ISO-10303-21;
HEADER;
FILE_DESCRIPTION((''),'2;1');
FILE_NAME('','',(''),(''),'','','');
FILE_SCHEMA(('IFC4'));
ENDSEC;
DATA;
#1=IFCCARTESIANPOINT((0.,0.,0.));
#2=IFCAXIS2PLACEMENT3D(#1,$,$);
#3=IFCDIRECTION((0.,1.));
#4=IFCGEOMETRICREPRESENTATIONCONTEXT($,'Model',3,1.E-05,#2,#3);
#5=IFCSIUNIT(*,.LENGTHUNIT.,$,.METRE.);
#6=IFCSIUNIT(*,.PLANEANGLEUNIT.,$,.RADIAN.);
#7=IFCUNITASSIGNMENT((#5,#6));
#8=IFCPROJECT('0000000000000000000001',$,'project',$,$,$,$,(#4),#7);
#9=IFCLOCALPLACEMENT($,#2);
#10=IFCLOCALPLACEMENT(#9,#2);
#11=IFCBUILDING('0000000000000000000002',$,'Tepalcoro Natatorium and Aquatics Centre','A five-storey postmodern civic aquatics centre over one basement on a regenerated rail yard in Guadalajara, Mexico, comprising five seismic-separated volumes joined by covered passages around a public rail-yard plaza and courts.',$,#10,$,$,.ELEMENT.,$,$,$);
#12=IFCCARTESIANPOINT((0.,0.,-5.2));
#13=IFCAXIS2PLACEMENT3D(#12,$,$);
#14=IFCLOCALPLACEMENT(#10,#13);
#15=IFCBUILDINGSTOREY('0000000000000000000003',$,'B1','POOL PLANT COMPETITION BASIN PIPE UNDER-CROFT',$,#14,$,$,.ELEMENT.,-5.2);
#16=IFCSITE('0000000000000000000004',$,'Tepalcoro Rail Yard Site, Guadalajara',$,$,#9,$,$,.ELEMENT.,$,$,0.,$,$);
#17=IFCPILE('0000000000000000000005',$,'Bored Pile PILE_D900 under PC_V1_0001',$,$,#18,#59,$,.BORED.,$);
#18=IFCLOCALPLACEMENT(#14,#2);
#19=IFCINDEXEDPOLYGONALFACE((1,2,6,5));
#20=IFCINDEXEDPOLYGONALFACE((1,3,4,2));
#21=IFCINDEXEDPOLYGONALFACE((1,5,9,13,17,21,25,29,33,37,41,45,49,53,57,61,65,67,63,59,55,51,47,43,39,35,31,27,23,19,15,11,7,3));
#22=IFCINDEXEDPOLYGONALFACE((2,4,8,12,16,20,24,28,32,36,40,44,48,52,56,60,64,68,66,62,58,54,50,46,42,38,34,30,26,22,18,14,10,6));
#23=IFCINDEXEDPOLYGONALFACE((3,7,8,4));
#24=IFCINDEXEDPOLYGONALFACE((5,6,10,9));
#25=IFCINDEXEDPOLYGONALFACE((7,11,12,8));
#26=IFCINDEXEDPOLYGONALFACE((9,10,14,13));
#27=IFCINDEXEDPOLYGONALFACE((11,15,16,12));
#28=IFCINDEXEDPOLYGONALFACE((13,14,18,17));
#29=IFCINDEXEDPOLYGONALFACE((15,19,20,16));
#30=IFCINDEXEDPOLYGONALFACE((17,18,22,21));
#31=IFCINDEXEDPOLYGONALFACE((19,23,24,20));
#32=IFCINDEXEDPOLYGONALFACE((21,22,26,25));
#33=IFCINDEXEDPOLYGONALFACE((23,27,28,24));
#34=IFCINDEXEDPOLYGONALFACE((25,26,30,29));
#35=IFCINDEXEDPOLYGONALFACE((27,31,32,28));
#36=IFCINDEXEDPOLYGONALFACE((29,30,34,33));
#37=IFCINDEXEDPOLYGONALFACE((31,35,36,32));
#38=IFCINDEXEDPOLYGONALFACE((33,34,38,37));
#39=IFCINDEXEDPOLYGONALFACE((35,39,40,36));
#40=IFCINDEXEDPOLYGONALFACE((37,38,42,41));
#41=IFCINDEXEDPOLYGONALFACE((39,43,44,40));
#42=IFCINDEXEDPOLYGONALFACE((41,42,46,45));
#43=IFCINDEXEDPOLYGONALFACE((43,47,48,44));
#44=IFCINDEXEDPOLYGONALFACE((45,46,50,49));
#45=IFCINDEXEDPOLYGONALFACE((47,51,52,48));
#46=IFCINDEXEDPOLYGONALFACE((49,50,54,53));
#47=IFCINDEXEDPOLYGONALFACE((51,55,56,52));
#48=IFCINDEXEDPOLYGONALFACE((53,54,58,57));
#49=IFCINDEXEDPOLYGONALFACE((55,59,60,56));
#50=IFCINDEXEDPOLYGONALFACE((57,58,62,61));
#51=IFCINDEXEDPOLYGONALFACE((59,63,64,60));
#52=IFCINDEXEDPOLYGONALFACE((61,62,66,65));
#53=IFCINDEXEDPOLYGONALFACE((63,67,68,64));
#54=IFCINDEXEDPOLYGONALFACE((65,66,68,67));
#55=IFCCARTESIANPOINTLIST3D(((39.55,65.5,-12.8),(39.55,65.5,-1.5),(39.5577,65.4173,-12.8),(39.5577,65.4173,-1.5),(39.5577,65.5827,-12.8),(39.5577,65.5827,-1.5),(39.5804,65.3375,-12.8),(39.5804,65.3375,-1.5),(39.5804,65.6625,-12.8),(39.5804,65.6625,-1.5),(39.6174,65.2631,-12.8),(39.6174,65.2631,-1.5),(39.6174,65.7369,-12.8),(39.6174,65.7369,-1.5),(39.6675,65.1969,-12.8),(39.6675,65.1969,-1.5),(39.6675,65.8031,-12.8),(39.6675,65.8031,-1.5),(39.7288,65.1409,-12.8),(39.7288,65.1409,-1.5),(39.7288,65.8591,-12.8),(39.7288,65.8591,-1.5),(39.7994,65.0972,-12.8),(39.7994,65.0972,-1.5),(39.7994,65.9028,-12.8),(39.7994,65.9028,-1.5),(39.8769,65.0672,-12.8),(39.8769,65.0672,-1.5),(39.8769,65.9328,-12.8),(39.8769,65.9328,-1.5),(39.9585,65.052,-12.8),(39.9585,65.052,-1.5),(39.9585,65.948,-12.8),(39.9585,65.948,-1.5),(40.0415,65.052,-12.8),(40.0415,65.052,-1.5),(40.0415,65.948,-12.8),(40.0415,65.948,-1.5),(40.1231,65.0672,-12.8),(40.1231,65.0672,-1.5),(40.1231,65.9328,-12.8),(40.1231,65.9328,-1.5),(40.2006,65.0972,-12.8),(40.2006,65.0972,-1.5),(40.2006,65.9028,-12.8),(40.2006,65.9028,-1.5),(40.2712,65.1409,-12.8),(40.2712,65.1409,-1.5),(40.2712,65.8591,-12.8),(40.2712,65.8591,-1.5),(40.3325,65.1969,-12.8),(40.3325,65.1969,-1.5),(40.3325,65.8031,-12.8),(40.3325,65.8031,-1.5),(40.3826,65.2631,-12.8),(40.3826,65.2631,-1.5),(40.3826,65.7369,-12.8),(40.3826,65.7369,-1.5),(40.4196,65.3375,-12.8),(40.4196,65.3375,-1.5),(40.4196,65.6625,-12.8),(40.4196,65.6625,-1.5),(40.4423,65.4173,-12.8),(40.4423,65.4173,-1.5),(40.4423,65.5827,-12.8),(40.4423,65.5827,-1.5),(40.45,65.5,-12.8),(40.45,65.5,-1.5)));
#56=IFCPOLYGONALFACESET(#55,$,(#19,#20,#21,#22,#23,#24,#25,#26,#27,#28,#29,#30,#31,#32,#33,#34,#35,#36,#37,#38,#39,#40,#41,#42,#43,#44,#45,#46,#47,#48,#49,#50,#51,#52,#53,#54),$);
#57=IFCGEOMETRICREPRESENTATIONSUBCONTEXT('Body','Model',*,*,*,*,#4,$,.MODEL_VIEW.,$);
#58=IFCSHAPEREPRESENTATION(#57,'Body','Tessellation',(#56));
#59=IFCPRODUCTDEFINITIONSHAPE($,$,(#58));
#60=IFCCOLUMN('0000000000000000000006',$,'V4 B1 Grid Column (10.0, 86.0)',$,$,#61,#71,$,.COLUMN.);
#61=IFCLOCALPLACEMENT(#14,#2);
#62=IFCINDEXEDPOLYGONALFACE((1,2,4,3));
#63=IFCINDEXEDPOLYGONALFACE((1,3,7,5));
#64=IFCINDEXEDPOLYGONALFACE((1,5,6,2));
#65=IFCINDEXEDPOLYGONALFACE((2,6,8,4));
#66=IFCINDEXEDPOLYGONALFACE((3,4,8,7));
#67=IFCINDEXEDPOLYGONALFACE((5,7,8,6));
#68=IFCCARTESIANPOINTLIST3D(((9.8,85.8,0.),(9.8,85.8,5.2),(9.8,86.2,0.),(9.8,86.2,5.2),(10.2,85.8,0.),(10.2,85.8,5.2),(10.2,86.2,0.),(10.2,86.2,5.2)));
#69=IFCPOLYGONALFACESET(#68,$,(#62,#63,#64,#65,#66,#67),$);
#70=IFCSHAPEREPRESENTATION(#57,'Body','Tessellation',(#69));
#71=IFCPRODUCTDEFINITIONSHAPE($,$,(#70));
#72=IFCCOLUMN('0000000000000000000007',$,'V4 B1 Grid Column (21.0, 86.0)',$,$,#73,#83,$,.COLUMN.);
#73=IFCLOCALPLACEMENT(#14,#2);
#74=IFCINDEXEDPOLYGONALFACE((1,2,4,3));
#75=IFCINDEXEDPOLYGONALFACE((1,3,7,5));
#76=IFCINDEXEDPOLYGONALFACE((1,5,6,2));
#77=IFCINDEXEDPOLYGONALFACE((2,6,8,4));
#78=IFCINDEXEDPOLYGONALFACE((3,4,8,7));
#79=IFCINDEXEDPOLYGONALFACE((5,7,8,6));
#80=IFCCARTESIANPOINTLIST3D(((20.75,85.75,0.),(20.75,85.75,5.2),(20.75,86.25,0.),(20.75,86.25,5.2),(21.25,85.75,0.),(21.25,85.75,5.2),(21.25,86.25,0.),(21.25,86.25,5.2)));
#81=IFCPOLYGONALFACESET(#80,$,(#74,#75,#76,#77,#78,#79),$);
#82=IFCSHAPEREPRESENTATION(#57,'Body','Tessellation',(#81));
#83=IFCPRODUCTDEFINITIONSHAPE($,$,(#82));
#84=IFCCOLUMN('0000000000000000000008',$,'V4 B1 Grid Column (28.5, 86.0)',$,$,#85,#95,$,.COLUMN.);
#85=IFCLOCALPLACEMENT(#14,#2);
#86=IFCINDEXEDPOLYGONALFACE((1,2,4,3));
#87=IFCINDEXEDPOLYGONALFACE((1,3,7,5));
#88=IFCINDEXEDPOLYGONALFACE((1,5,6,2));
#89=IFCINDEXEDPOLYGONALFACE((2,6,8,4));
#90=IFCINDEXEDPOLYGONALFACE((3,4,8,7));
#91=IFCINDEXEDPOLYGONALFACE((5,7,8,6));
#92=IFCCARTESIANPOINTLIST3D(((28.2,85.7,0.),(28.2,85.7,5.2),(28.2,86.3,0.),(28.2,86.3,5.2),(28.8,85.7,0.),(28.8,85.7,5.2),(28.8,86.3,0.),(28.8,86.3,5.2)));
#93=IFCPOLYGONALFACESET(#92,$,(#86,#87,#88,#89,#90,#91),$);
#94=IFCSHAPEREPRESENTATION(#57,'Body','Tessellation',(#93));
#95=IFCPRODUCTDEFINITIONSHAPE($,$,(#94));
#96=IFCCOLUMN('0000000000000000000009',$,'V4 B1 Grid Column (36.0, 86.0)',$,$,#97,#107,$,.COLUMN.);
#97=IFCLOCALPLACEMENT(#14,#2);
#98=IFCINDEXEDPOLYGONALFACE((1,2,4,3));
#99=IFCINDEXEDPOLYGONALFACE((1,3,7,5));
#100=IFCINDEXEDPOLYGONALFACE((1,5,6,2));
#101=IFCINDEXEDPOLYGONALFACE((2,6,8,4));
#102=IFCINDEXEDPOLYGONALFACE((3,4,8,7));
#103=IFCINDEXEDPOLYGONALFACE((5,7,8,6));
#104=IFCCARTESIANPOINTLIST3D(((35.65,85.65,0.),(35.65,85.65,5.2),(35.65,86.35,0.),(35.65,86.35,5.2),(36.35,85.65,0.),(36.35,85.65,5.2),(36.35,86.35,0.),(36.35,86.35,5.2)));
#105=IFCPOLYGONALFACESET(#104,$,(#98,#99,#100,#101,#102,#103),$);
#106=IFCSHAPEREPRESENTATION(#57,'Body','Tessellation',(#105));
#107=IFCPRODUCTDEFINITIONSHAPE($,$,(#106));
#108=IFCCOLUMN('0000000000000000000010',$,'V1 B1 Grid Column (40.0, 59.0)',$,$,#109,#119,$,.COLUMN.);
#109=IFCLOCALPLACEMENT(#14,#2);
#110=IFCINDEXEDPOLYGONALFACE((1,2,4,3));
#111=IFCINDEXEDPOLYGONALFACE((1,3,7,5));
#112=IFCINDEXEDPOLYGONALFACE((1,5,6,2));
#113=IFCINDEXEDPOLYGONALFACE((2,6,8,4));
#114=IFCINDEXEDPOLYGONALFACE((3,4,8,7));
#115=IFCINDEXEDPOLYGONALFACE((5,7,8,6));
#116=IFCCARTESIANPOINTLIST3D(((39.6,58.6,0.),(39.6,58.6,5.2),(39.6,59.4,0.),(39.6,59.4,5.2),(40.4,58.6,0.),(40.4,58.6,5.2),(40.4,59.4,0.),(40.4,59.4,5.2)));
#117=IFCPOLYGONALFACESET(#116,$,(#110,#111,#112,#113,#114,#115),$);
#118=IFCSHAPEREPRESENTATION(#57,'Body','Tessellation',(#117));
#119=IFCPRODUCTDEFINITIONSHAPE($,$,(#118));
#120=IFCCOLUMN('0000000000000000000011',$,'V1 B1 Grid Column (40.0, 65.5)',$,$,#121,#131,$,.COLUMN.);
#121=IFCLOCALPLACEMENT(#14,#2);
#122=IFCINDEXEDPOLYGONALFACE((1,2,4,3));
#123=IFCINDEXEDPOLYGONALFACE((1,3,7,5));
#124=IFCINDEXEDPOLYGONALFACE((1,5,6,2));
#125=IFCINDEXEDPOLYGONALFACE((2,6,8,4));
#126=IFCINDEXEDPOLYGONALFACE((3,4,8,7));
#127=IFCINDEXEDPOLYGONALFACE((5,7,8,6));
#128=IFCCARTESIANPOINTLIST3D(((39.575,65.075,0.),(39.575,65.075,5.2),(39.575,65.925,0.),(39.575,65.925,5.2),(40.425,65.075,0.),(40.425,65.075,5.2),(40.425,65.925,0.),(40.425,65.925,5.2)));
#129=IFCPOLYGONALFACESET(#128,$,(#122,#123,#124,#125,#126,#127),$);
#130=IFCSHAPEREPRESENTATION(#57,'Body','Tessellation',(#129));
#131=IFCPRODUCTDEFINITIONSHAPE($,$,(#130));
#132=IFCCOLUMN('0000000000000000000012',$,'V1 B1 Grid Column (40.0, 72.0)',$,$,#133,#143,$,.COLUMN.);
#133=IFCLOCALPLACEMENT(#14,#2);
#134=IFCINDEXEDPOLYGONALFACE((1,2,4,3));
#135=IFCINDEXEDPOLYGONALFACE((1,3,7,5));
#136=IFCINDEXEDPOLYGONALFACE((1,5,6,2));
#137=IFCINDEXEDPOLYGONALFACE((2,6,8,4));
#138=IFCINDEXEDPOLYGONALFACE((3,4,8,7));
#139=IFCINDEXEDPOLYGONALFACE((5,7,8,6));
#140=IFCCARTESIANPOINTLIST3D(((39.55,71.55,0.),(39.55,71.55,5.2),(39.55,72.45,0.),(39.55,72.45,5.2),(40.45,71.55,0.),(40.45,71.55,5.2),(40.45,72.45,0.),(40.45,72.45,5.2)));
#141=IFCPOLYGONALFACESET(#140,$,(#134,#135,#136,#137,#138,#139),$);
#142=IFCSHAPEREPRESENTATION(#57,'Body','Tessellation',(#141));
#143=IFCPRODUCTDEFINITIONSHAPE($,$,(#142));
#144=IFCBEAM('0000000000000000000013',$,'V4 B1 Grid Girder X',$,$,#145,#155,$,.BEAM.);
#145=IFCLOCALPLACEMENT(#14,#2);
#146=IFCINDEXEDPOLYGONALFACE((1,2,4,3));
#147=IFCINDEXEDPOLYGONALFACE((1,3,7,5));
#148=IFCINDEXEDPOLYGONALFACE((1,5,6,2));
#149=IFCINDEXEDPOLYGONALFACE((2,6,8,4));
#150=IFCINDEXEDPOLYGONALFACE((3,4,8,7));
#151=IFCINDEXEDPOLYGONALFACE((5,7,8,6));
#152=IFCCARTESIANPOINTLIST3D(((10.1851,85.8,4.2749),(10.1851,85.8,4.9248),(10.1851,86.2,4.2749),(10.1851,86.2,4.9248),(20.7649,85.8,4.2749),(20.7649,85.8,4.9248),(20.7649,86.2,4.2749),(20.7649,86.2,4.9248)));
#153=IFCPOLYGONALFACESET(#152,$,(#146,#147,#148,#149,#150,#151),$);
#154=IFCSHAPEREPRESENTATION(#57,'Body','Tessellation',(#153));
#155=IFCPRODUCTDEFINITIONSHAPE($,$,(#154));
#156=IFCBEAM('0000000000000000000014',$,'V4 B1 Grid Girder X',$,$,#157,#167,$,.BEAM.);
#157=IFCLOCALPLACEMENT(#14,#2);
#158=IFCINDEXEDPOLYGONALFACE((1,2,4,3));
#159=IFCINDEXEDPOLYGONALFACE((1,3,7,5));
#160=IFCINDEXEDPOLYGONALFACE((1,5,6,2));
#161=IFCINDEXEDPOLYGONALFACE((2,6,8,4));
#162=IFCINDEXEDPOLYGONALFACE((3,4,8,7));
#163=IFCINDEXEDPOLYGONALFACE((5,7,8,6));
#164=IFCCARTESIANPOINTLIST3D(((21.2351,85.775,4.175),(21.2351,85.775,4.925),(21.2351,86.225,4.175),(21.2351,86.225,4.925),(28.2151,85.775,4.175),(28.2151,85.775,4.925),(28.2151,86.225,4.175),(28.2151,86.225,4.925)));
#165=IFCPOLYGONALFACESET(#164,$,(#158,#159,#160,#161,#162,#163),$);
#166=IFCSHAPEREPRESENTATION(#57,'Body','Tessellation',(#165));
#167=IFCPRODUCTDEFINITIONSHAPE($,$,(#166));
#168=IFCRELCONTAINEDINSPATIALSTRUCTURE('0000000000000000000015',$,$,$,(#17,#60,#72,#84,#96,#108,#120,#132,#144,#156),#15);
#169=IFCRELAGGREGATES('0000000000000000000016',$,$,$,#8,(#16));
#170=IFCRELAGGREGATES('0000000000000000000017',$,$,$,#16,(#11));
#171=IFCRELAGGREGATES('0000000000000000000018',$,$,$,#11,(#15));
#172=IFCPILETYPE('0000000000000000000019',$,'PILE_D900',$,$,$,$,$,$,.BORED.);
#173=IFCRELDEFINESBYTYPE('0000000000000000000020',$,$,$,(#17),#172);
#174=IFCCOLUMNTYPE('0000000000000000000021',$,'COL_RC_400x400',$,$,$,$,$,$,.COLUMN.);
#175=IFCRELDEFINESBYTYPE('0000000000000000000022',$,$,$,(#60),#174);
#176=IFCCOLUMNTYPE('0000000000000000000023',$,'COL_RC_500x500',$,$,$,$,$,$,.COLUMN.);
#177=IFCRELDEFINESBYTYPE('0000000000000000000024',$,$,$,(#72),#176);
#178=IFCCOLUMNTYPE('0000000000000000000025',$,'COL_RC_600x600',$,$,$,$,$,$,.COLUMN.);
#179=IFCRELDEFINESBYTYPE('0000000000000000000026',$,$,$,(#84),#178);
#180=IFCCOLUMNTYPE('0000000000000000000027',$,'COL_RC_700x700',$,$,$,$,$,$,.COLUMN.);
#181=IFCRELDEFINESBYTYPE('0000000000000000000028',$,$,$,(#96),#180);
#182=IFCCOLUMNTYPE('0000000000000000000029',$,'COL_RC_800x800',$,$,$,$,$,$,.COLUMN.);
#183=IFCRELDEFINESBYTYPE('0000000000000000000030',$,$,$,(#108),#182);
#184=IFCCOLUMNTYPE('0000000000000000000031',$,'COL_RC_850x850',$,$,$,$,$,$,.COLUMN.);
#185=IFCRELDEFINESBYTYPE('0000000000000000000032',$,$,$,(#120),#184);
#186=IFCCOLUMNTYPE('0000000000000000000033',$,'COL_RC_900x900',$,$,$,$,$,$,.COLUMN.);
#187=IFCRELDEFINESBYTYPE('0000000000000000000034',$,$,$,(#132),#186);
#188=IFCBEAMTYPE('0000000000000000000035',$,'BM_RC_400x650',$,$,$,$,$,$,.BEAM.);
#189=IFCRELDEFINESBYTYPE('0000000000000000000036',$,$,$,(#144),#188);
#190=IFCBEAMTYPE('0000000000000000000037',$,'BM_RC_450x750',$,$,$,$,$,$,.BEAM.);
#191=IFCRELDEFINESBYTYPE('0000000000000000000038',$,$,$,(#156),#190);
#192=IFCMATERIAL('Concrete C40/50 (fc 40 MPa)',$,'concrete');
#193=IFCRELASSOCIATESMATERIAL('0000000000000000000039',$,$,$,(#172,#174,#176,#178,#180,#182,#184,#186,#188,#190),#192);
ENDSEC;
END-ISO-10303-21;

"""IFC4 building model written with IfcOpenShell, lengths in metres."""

from ifc_helpers import new_model, si_unit, direction, frame, origin, origin_2d, place, context, subcontext, project, spatial, rectangle, circle, extrude, material, material_profile, profile_set, type_object, element, save


model = new_model("IFC4")

# Units and contexts
model_context = context("Model", 3, precision=1e-05, world=origin(), true_north=direction((0.0, 1.0)))
body_context = subcontext(model_context, "Body", "Model", "MODEL_VIEW")
ifc_project = project(units=[si_unit("LENGTHUNIT", "METRE"), si_unit("PLANEANGLEUNIT", "RADIAN")], contexts=[model_context])

# Site, building, storey
site_placement = place(None, origin())
site = spatial("IfcSite", under=ifc_project, at=site_placement, Name="Tepalcoro Rail Yard Site, Guadalajara", CompositionType="ELEMENT", RefElevation=0.0)
building_placement = place(site_placement, origin())
building = spatial("IfcBuilding", under=site, at=building_placement, Name="Tepalcoro Natatorium and Aquatics Centre", Description="A five-storey postmodern civic aquatics centre over one basement on a regenerated rail yard in Guadalajara, Mexico, comprising five seismic-separated volumes joined by covered passages around a public rail-yard plaza and courts.", CompositionType="ELEMENT")
storey_placement = place(building_placement, frame((0.0, 0.0, -5.2)))
storey = spatial("IfcBuildingStorey", under=building, at=storey_placement, Name="B1", Description="POOL PLANT COMPETITION BASIN PIPE UNDER-CROFT", CompositionType="ELEMENT", Elevation=-5.2)

# Pile
ifc_material = material(Name="Concrete C40/50 (fc 40 MPa)", Category="concrete")
ifc_material_profile_1 = material_profile(ifc_material, circle(Radius=0.45, at=origin_2d()), Name="PILE_D900")
ifc_profile_set_1 = profile_set([ifc_material_profile_1], Name="Concrete C40/50 (fc 40 MPa)")
pile_type_1 = type_object("IfcPileType", Name="PILE_D900", PredefinedType="BORED", material=ifc_profile_set_1)
pile_1_placement = place(storey_placement, frame((40.0, 65.5, -1.5), z_axis=(0.0, 0.0, -1.0), x_axis=(1.0, 0.0, 0.0)))
element("IfcPile", 1, at=pile_1_placement, inside=storey, type_object=pile_type_1, Name="Bored Pile PILE_D900 under PC_V1_0001", PredefinedType="BORED", context=body_context, shape_type="SweptSolid", body=[
    extrude(circle(Radius=0.45, at=origin_2d()), origin(), (0.0, 0.0, 1.0), 11.3),
])

# Columns
ifc_material_profile_2 = material_profile(ifc_material, rectangle(XDim=0.3999, YDim=0.3999, at=origin_2d()), Name="RC400x400")
ifc_profile_set_2 = profile_set([ifc_material_profile_2], Name="Concrete C40/50 (fc 40 MPa)")
column_type_1 = type_object("IfcColumnType", Name="COL_RC_400x400", PredefinedType="COLUMN", material=ifc_profile_set_2)
column_1_placement = place(storey_placement, frame((10.0, 86.0, 0.0), z_axis=(0.0, 0.0, 1.0), x_axis=(1.0, 0.0, 0.0)))
element("IfcColumn", 2, at=column_1_placement, inside=storey, type_object=column_type_1, Name="V4 B1 Grid Column (10.0, 86.0)", PredefinedType="COLUMN", context=body_context, shape_type="SweptSolid", body=[
    extrude(rectangle(XDim=0.3999, YDim=0.3999, at=origin_2d()), origin(), (0.0, 0.0, 1.0), 5.2),
])
ifc_material_profile_3 = material_profile(ifc_material, rectangle(XDim=0.5, YDim=0.5, at=origin_2d()), Name="RC500x500")
ifc_profile_set_3 = profile_set([ifc_material_profile_3], Name="Concrete C40/50 (fc 40 MPa)")
column_type_2 = type_object("IfcColumnType", Name="COL_RC_500x500", PredefinedType="COLUMN", material=ifc_profile_set_3)
column_2_placement = place(storey_placement, frame((21.0, 86.0, 0.0), z_axis=(0.0, 0.0, 1.0), x_axis=(1.0, 0.0, 0.0)))
element("IfcColumn", 3, at=column_2_placement, inside=storey, type_object=column_type_2, Name="V4 B1 Grid Column (21.0, 86.0)", PredefinedType="COLUMN", context=body_context, shape_type="SweptSolid", body=[
    extrude(rectangle(XDim=0.5, YDim=0.5, at=origin_2d()), origin(), (0.0, 0.0, 1.0), 5.2),
])
ifc_material_profile_4 = material_profile(ifc_material, rectangle(XDim=0.6001, YDim=0.6001, at=origin_2d()), Name="RC600x600")
ifc_profile_set_4 = profile_set([ifc_material_profile_4], Name="Concrete C40/50 (fc 40 MPa)")
column_type_3 = type_object("IfcColumnType", Name="COL_RC_600x600", PredefinedType="COLUMN", material=ifc_profile_set_4)
column_3_placement = place(storey_placement, frame((28.5, 86.0, 0.0), z_axis=(0.0, 0.0, 1.0), x_axis=(1.0, 0.0, 0.0)))
element("IfcColumn", 4, at=column_3_placement, inside=storey, type_object=column_type_3, Name="V4 B1 Grid Column (28.5, 86.0)", PredefinedType="COLUMN", context=body_context, shape_type="SweptSolid", body=[
    extrude(rectangle(XDim=0.6001, YDim=0.6001, at=origin_2d()), origin(), (0.0, 0.0, 1.0), 5.2),
])
ifc_material_profile_5 = material_profile(ifc_material, rectangle(XDim=0.7, YDim=0.7, at=origin_2d()), Name="RC700x700")
ifc_profile_set_5 = profile_set([ifc_material_profile_5], Name="Concrete C40/50 (fc 40 MPa)")
column_type_4 = type_object("IfcColumnType", Name="COL_RC_700x700", PredefinedType="COLUMN", material=ifc_profile_set_5)
column_4_placement = place(storey_placement, frame((36.0, 86.0, 0.0), z_axis=(0.0, 0.0, 1.0), x_axis=(1.0, 0.0, 0.0)))
element("IfcColumn", 5, at=column_4_placement, inside=storey, type_object=column_type_4, Name="V4 B1 Grid Column (36.0, 86.0)", PredefinedType="COLUMN", context=body_context, shape_type="SweptSolid", body=[
    extrude(rectangle(XDim=0.7, YDim=0.7, at=origin_2d()), origin(), (0.0, 0.0, 1.0), 5.2),
])
ifc_material_profile_6 = material_profile(ifc_material, rectangle(XDim=0.8, YDim=0.8, at=origin_2d()), Name="RC800x800")
ifc_profile_set_6 = profile_set([ifc_material_profile_6], Name="Concrete C40/50 (fc 40 MPa)")
column_type_5 = type_object("IfcColumnType", Name="COL_RC_800x800", PredefinedType="COLUMN", material=ifc_profile_set_6)
column_5_placement = place(storey_placement, frame((40.0, 59.0, 0.0), z_axis=(0.0, 0.0, 1.0), x_axis=(1.0, 0.0, 0.0)))
element("IfcColumn", 6, at=column_5_placement, inside=storey, type_object=column_type_5, Name="V1 B1 Grid Column (40.0, 59.0)", PredefinedType="COLUMN", context=body_context, shape_type="SweptSolid", body=[
    extrude(rectangle(XDim=0.8, YDim=0.8, at=origin_2d()), origin(), (0.0, 0.0, 1.0), 5.2),
])
ifc_material_profile_7 = material_profile(ifc_material, rectangle(XDim=0.8501, YDim=0.8501, at=origin_2d()), Name="RC850x850")
ifc_profile_set_7 = profile_set([ifc_material_profile_7], Name="Concrete C40/50 (fc 40 MPa)")
column_type_6 = type_object("IfcColumnType", Name="COL_RC_850x850", PredefinedType="COLUMN", material=ifc_profile_set_7)
column_6_placement = place(storey_placement, frame((40.0, 65.5, 0.0), z_axis=(0.0, 0.0, 1.0), x_axis=(1.0, 0.0, 0.0)))
element("IfcColumn", 7, at=column_6_placement, inside=storey, type_object=column_type_6, Name="V1 B1 Grid Column (40.0, 65.5)", PredefinedType="COLUMN", context=body_context, shape_type="SweptSolid", body=[
    extrude(rectangle(XDim=0.8501, YDim=0.8501, at=origin_2d()), origin(), (0.0, 0.0, 1.0), 5.2),
])
ifc_material_profile_8 = material_profile(ifc_material, rectangle(XDim=0.8999, YDim=0.8999, at=origin_2d()), Name="RC900x900")
ifc_profile_set_8 = profile_set([ifc_material_profile_8], Name="Concrete C40/50 (fc 40 MPa)")
column_type_7 = type_object("IfcColumnType", Name="COL_RC_900x900", PredefinedType="COLUMN", material=ifc_profile_set_8)
column_7_placement = place(storey_placement, frame((40.0, 72.0, 0.0), z_axis=(0.0, 0.0, 1.0), x_axis=(1.0, 0.0, 0.0)))
element("IfcColumn", 8, at=column_7_placement, inside=storey, type_object=column_type_7, Name="V1 B1 Grid Column (40.0, 72.0)", PredefinedType="COLUMN", context=body_context, shape_type="SweptSolid", body=[
    extrude(rectangle(XDim=0.8999, YDim=0.8999, at=origin_2d()), origin(), (0.0, 0.0, 1.0), 5.2),
])

# Beams
ifc_material_profile_9 = material_profile(ifc_material, rectangle(XDim=0.3999, YDim=0.6499, at=origin_2d()), Name="RCB400x650")
ifc_profile_set_9 = profile_set([ifc_material_profile_9], Name="Concrete C40/50 (fc 40 MPa)")
beam_type_1 = type_object("IfcBeamType", Name="BM_RC_400x650", PredefinedType="BEAM", material=ifc_profile_set_9)
beam_1_placement = place(storey_placement, frame((10.1851, 86.0, 4.5999), z_axis=(1.0, 0.0, 0.0), x_axis=(0.0, 1.0, 0.0)))
element("IfcBeam", 9, at=beam_1_placement, inside=storey, type_object=beam_type_1, Name="V4 B1 Grid Girder X", PredefinedType="BEAM", context=body_context, shape_type="SweptSolid", body=[
    extrude(rectangle(XDim=0.3999, YDim=0.6499, at=origin_2d()), origin(), (0.0, 0.0, 1.0), 10.5798),
])
ifc_material_profile_10 = material_profile(ifc_material, rectangle(XDim=0.45, YDim=0.75, at=origin_2d()), Name="RCB450x750")
ifc_profile_set_10 = profile_set([ifc_material_profile_10], Name="Concrete C40/50 (fc 40 MPa)")
beam_type_2 = type_object("IfcBeamType", Name="BM_RC_450x750", PredefinedType="BEAM", material=ifc_profile_set_10)
beam_2_placement = place(storey_placement, frame((21.2351, 86.0, 4.55), z_axis=(1.0, 0.0, 0.0), x_axis=(0.0, 1.0, 0.0)))
element("IfcBeam", 10, at=beam_2_placement, inside=storey, type_object=beam_type_2, Name="V4 B1 Grid Girder X", PredefinedType="BEAM", context=body_context, shape_type="SweptSolid", body=[
    extrude(rectangle(XDim=0.45, YDim=0.75, at=origin_2d()), origin(), (0.0, 0.0, 1.0), 6.98),
])

save(model, "model.ifc")
